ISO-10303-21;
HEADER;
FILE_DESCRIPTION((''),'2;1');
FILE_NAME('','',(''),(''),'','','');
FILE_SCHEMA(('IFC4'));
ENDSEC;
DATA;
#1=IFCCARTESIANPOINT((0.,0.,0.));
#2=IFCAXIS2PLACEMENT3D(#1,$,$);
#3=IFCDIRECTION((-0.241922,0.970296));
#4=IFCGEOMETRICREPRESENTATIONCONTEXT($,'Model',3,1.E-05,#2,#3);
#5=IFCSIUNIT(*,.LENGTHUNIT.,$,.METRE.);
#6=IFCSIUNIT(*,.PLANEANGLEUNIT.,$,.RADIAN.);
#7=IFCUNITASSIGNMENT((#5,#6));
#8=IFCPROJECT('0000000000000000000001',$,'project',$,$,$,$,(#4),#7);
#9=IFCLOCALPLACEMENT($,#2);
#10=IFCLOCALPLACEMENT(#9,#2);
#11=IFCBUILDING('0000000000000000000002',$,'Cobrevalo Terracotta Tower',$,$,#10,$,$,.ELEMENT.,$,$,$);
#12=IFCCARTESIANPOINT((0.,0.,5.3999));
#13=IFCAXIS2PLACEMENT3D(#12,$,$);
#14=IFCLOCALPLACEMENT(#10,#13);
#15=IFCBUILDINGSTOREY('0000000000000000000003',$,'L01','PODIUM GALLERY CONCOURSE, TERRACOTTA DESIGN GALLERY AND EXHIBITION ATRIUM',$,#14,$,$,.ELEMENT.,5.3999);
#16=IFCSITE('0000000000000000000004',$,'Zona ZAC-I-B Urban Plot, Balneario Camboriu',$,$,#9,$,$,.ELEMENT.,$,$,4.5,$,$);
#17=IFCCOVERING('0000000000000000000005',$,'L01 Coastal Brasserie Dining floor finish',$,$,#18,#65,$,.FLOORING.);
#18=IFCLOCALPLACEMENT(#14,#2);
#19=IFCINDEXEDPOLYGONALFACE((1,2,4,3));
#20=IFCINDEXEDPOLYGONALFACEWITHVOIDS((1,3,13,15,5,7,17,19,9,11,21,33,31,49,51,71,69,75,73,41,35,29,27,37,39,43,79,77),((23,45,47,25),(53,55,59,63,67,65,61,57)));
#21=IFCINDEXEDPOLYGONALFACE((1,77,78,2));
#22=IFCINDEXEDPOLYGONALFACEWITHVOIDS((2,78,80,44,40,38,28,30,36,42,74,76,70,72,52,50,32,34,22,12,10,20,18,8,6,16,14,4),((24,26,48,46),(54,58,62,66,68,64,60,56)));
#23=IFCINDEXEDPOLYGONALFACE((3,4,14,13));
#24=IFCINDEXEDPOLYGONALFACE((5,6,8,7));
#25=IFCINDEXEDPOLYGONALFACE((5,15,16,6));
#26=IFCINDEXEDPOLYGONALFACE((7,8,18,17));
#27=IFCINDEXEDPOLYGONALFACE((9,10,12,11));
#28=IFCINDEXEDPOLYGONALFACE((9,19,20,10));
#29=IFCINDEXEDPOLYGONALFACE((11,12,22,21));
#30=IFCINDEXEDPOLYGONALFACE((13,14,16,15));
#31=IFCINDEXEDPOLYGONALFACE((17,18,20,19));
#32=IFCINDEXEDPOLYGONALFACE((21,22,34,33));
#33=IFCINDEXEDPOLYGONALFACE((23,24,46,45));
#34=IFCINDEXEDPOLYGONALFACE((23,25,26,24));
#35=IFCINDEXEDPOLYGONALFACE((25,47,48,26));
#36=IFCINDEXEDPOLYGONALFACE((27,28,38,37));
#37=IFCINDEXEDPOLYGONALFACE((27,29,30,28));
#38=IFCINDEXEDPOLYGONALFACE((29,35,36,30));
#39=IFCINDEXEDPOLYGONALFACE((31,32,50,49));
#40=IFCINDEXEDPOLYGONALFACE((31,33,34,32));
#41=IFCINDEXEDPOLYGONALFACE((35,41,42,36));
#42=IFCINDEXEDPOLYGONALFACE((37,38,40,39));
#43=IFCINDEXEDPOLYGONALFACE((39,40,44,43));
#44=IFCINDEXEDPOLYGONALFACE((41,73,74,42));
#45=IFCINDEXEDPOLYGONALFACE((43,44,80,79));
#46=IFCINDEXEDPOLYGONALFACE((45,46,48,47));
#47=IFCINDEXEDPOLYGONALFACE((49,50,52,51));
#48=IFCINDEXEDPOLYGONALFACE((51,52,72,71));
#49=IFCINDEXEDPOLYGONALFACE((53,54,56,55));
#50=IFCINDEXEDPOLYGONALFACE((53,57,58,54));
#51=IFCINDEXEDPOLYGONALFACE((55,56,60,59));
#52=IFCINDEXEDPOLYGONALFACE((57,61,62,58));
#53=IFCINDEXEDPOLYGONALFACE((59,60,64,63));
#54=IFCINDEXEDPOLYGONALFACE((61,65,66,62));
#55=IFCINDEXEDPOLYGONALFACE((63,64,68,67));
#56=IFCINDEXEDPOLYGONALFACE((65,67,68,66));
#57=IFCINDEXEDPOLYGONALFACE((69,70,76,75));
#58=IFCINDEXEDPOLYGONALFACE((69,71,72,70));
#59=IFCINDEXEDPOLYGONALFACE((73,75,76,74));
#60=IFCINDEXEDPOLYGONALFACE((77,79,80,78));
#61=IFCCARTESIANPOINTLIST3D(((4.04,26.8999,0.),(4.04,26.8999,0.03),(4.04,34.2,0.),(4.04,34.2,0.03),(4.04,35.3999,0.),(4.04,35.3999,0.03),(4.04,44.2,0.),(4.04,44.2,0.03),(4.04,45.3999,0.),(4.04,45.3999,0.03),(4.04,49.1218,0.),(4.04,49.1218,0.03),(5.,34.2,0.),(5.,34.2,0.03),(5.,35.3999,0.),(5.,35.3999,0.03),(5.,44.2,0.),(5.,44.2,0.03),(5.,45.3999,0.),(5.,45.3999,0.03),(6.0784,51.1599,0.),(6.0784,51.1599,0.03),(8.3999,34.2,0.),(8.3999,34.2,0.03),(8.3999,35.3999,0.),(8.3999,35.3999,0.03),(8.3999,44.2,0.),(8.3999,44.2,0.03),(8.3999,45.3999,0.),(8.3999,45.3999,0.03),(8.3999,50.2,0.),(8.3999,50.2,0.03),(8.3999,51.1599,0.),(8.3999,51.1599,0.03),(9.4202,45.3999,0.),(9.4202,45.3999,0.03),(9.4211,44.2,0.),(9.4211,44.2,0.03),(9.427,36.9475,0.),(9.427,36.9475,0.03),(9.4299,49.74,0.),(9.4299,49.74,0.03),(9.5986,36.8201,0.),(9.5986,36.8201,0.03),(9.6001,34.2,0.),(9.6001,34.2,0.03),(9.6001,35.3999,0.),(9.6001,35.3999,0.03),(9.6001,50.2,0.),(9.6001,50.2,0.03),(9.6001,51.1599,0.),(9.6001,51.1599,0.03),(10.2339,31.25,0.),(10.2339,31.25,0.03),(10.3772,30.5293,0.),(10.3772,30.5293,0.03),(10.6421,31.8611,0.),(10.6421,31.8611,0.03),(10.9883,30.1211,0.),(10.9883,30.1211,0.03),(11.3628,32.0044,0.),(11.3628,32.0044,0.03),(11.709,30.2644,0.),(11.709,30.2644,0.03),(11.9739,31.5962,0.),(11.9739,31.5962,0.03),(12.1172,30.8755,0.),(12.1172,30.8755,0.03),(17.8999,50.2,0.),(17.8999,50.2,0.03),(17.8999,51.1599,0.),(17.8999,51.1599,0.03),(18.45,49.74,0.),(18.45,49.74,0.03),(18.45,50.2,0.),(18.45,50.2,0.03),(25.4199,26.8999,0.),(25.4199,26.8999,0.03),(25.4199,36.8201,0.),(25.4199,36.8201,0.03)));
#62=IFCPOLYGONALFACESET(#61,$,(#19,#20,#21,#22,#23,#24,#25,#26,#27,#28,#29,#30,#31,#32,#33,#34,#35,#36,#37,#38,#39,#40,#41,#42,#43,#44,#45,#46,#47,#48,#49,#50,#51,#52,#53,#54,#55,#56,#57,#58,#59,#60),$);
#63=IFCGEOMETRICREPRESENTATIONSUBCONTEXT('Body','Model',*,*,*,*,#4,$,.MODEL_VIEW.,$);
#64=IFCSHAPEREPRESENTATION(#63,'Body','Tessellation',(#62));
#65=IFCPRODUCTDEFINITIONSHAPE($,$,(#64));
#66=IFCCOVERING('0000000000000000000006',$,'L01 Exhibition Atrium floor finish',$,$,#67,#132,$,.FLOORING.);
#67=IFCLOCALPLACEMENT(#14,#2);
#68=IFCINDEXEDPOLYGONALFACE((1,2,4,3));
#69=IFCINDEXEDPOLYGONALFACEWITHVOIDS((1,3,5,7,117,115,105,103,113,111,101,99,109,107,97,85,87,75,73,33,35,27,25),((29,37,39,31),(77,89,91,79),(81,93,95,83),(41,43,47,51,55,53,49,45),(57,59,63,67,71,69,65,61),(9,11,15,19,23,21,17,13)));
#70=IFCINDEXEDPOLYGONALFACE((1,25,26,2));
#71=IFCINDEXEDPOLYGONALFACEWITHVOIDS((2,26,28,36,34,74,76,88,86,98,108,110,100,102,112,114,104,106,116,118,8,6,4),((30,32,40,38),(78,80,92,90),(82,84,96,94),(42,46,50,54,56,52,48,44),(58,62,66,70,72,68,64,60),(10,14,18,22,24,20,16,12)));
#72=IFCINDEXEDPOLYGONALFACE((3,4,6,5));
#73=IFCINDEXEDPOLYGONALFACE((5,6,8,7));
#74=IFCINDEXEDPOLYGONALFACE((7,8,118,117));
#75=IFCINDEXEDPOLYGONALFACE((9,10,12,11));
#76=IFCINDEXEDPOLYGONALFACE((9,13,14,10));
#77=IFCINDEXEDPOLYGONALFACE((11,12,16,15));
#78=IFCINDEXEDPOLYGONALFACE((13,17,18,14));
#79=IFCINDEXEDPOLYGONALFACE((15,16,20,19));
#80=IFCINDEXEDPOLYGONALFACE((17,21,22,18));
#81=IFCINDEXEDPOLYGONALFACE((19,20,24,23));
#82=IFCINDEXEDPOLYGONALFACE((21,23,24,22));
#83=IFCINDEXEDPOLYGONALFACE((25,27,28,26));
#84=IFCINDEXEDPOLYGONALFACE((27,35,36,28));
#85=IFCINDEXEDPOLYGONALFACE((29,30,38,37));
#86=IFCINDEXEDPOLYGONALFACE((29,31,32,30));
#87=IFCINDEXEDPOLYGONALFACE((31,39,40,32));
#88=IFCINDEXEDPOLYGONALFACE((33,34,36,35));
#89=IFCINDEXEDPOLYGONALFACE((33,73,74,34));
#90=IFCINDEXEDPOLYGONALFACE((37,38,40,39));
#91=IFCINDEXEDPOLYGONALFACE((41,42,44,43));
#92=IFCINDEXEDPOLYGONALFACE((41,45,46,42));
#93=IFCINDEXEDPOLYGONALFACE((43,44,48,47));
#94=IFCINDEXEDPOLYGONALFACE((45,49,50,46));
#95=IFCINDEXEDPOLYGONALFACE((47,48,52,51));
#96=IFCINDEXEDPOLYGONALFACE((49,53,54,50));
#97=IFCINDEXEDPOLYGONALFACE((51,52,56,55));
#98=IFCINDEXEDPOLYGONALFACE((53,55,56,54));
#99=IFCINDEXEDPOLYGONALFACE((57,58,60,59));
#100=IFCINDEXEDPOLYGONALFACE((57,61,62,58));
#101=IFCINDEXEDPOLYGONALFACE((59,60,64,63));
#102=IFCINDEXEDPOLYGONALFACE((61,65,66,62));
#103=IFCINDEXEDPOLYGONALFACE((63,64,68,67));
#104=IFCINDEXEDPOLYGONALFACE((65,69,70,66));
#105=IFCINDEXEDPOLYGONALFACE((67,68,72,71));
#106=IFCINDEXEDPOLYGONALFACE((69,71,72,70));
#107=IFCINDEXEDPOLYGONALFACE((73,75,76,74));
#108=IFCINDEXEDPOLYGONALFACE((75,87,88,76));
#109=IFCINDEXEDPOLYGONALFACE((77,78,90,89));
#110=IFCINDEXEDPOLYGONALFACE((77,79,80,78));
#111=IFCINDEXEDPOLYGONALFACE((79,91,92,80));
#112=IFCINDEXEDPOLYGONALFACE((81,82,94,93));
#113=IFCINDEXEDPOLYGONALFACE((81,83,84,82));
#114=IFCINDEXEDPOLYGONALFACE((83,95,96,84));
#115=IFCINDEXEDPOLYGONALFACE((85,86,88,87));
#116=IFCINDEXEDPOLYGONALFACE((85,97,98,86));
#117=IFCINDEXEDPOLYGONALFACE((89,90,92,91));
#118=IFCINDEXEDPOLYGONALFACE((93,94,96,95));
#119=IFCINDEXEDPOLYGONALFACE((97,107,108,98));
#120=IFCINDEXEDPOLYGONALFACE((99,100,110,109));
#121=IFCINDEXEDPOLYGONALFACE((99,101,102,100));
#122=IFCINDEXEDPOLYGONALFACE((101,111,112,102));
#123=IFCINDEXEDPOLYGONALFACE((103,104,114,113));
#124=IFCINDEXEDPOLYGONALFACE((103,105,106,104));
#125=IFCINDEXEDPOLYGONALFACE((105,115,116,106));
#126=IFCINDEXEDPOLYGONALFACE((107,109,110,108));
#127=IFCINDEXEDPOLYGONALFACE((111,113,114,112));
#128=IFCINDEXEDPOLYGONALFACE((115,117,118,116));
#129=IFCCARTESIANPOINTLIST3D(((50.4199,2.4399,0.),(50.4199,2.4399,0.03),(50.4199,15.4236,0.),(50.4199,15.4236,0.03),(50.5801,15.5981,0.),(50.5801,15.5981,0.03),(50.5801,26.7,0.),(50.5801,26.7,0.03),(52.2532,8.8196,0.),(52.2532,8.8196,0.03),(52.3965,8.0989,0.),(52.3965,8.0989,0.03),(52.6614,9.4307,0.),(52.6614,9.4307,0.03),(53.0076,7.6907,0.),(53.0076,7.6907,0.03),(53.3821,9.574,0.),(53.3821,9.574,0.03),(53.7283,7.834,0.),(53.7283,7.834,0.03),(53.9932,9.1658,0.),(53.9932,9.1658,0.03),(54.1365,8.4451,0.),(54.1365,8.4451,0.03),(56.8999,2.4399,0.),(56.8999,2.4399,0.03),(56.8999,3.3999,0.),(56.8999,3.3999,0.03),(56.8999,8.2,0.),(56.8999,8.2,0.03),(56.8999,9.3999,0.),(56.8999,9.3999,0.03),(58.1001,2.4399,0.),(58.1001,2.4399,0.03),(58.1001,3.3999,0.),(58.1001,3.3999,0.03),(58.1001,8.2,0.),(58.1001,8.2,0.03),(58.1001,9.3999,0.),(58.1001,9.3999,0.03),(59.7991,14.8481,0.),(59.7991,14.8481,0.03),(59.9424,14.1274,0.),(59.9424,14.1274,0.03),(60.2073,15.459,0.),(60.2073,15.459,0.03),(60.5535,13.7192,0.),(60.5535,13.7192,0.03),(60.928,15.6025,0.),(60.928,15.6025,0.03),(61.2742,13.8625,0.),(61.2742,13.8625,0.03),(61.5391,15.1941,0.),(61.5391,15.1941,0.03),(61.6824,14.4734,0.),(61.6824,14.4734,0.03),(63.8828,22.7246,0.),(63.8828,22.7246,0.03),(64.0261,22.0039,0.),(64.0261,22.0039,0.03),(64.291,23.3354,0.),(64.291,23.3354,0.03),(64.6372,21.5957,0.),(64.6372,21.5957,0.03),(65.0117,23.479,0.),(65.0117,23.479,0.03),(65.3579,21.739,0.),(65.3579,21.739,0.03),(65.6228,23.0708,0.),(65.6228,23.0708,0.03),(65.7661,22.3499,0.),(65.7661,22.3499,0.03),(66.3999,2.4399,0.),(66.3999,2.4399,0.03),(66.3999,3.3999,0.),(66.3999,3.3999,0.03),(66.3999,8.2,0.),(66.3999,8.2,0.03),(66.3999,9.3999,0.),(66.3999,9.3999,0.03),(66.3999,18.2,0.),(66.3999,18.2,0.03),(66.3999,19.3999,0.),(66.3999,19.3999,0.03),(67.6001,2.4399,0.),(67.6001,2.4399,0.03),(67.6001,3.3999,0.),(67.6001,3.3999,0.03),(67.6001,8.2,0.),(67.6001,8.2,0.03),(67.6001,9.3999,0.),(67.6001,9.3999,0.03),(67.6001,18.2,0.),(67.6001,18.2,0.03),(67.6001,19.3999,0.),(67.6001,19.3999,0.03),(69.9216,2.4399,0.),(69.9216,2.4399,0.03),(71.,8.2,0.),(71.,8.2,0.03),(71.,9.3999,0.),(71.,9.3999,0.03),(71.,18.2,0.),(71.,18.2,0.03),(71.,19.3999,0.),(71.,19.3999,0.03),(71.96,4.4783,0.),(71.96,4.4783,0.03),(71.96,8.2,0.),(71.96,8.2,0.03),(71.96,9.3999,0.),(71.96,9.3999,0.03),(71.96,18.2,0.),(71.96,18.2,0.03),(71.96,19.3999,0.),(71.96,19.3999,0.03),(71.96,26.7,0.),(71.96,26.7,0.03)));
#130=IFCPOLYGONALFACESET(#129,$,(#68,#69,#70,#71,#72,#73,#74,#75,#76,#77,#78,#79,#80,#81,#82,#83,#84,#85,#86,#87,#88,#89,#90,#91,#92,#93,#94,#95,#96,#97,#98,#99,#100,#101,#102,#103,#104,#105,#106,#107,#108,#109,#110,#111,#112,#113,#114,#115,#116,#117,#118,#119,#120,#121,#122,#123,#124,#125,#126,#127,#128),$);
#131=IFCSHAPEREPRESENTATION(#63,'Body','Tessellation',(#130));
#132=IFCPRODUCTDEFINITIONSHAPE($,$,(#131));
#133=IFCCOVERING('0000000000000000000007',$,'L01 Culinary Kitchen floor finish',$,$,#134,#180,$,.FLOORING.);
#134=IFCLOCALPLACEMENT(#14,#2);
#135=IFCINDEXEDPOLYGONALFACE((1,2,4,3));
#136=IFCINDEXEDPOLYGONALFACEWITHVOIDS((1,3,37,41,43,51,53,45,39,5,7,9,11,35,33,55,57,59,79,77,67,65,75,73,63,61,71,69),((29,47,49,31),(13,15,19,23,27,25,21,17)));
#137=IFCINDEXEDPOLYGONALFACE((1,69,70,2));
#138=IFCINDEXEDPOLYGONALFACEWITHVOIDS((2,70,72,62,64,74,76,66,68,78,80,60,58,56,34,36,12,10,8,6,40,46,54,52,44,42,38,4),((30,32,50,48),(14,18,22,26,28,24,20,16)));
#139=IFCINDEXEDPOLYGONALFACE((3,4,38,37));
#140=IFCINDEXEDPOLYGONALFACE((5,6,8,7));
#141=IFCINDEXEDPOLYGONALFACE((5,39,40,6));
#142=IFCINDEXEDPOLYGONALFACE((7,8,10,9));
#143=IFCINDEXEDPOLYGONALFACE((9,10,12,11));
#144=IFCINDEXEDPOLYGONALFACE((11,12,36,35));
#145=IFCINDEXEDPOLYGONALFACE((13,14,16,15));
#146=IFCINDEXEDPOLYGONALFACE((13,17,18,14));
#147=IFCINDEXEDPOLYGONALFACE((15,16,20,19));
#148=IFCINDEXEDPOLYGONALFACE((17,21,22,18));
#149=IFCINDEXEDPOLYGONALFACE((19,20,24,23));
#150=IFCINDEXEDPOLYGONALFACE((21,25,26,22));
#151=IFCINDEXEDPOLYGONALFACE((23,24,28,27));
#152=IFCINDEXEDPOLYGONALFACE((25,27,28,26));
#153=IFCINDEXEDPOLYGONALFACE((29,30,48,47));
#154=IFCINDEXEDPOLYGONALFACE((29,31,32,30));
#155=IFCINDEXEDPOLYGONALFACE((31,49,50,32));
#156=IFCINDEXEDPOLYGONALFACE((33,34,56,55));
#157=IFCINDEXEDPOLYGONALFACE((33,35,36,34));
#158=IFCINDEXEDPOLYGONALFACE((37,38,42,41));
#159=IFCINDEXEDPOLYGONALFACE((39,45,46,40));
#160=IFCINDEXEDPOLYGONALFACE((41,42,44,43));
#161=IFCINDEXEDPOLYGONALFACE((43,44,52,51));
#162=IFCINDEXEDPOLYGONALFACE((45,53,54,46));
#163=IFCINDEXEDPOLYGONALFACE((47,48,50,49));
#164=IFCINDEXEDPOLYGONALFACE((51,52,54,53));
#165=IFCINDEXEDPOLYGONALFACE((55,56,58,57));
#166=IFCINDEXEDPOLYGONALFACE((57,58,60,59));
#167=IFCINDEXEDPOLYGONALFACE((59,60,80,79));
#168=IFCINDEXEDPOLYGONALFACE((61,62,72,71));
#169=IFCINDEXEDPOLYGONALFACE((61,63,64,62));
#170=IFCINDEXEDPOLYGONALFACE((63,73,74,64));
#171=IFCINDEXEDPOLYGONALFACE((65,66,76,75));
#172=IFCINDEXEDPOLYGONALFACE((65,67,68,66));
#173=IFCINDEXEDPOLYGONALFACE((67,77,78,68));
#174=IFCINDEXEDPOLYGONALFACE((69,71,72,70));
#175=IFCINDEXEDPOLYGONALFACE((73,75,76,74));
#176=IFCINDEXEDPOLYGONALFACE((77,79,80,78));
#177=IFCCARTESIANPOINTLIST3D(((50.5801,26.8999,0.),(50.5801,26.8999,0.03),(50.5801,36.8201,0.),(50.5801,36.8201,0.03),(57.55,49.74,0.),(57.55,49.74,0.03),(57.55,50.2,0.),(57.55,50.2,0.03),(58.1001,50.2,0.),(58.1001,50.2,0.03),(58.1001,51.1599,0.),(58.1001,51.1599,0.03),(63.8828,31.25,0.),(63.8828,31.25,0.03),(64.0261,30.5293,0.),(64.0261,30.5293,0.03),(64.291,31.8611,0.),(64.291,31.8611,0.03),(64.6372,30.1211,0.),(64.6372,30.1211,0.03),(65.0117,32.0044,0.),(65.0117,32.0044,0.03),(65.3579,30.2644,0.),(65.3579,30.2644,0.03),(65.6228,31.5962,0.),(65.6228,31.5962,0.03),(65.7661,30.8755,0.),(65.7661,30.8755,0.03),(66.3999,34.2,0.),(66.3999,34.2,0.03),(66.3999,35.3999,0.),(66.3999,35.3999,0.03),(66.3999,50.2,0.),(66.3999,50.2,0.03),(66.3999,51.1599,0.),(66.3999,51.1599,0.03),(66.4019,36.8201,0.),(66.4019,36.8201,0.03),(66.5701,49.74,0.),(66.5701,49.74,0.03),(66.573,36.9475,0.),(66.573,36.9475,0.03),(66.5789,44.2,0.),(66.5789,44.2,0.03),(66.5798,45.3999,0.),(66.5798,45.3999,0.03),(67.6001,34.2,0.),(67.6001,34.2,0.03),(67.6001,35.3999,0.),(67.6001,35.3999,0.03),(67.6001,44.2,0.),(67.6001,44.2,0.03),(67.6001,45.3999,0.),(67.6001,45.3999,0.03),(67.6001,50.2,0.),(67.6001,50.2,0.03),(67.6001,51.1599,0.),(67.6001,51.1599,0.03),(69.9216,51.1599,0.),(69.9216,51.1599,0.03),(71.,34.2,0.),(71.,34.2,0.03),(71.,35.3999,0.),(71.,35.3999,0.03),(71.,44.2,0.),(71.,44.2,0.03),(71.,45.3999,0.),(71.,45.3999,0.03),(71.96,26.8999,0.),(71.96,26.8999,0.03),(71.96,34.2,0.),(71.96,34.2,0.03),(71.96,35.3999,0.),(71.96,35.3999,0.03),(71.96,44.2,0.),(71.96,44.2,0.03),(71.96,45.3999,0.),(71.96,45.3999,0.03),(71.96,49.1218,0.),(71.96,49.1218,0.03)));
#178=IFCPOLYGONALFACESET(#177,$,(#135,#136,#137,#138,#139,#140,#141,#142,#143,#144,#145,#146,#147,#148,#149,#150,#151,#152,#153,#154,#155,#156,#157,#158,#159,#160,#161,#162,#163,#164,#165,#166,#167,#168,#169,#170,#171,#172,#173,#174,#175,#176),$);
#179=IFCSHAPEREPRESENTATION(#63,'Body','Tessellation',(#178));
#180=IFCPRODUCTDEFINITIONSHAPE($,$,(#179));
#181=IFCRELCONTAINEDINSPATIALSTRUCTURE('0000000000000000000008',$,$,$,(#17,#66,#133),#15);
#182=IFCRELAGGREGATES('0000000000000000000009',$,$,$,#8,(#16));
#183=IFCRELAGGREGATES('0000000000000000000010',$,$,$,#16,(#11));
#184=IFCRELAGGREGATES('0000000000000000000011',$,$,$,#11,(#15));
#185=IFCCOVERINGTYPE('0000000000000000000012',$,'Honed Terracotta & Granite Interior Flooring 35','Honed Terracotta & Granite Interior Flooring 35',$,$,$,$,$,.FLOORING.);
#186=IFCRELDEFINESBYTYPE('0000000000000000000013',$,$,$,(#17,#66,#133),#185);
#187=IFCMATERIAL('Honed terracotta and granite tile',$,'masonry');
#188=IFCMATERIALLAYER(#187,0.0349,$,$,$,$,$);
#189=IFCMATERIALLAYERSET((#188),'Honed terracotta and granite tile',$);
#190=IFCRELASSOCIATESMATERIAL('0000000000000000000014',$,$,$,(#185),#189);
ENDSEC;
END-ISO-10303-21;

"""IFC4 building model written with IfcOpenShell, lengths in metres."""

from ifc_helpers import new_model, si_unit, direction, frame, origin, place, context, subcontext, project, spatial, polyline, outline, extrude, material, layer, layer_set, type_object, element, save


model = new_model("IFC4")

# Units and contexts
model_context = context("Model", 3, precision=1e-05, world=origin(), true_north=direction((-0.241922, 0.970296)))
body_context = subcontext(model_context, "Body", "Model", "MODEL_VIEW")
ifc_project = project(units=[si_unit("LENGTHUNIT", "METRE"), si_unit("PLANEANGLEUNIT", "RADIAN")], contexts=[model_context])

# Site, building, storey
site_placement = place(None, origin())
site = spatial("IfcSite", under=ifc_project, at=site_placement, Name="Zona ZAC-I-B Urban Plot, Balneario Camboriu", CompositionType="ELEMENT", RefElevation=4.5)
building_placement = place(site_placement, origin())
building = spatial("IfcBuilding", under=site, at=building_placement, Name="Cobrevalo Terracotta Tower", CompositionType="ELEMENT")
storey_placement = place(building_placement, frame((0.0, 0.0, 5.3999)))
storey = spatial("IfcBuildingStorey", under=building, at=storey_placement, Name="L01", Description="PODIUM GALLERY CONCOURSE, TERRACOTTA DESIGN GALLERY AND EXHIBITION ATRIUM", CompositionType="ELEMENT", Elevation=5.3999)

# Coverings
ifc_material_1 = material(Name="Honed terracotta and granite tile", Category="masonry")
ifc_layer_1 = layer(ifc_material_1, 0.0349)
ifc_layer_set_1 = layer_set([ifc_layer_1], Name="Honed terracotta and granite tile")
covering_type_1 = type_object("IfcCoveringType", Name="Honed Terracotta & Granite Interior Flooring 35", Description="Honed Terracotta & Granite Interior Flooring 35", PredefinedType="FLOORING", material=ifc_layer_set_1)
covering_1_placement = place(storey_placement, origin())
element("IfcCovering", 1, at=covering_1_placement, inside=storey, type_object=covering_type_1, Name="L01 Coastal Brasserie Dining floor finish", PredefinedType="FLOORING", context=body_context, shape_type="SweptSolid", body=[
    extrude(outline(polyline([(6.0784, 51.1599), (8.3999, 51.1599), (8.3999, 50.2), (9.6001, 50.2), (9.6001, 51.1599), (17.8999, 51.1599), (17.8999, 50.2), (18.45, 50.2), (18.45, 49.74), (9.4299, 49.74), (9.4202, 45.3999), (8.3999, 45.3999), (8.3999, 44.2), (9.4211, 44.2), (9.427, 36.9475), (9.5986, 36.8201), (25.4199, 36.8201), (25.4199, 26.8999), (4.04, 26.8999), (4.04, 34.2), (5.0, 34.2), (5.0, 35.3999), (4.04, 35.3999), (4.04, 44.2), (5.0, 44.2), (5.0, 45.3999), (4.04, 45.3999), (4.04, 49.1218), (6.0784, 51.1599)]), holes=[polyline([(11.709, 30.2644), (12.1172, 30.8755), (11.9739, 31.5962), (11.3628, 32.0044), (10.6421, 31.8611), (10.2339, 31.25), (10.3772, 30.5293), (10.9883, 30.1211), (11.709, 30.2644)]), polyline([(8.3999, 35.3999), (8.3999, 34.2), (9.6001, 34.2), (9.6001, 35.3999), (8.3999, 35.3999)])]), origin(), (0.0, 0.0, 1.0), 0.03),
])
covering_2_placement = place(storey_placement, origin())
element("IfcCovering", 2, at=covering_2_placement, inside=storey, type_object=covering_type_1, Name="L01 Exhibition Atrium floor finish", PredefinedType="FLOORING", context=body_context, shape_type="SweptSolid", body=[
    extrude(outline(polyline([(69.9216, 2.4399), (67.6001, 2.4399), (67.6001, 3.3999), (66.3999, 3.3999), (66.3999, 2.4399), (58.1001, 2.4399), (58.1001, 3.3999), (56.8999, 3.3999), (56.8999, 2.4399), (50.4199, 2.4399), (50.4199, 15.4236), (50.5801, 15.5981), (50.5801, 26.7), (71.96, 26.7), (71.96, 19.3999), (71.0, 19.3999), (71.0, 18.2), (71.96, 18.2), (71.96, 9.3999), (71.0, 9.3999), (71.0, 8.2), (71.96, 8.2), (71.96, 4.4783), (69.9216, 2.4399)]), holes=[polyline([(66.3999, 9.3999), (66.3999, 8.2), (67.6001, 8.2), (67.6001, 9.3999), (66.3999, 9.3999)]), polyline([(66.3999, 19.3999), (66.3999, 18.2), (67.6001, 18.2), (67.6001, 19.3999), (66.3999, 19.3999)]), polyline([(65.3579, 21.739), (65.7661, 22.3499), (65.6228, 23.0708), (65.0117, 23.479), (64.291, 23.3354), (63.8828, 22.7246), (64.0261, 22.0039), (64.6372, 21.5957), (65.3579, 21.739)]), polyline([(61.2742, 13.8625), (61.6824, 14.4734), (61.5391, 15.1941), (60.928, 15.6025), (60.2073, 15.459), (59.7991, 14.8481), (59.9424, 14.1274), (60.5535, 13.7192), (61.2742, 13.8625)]), polyline([(56.8999, 9.3999), (56.8999, 8.2), (58.1001, 8.2), (58.1001, 9.3999), (56.8999, 9.3999)]), polyline([(53.7283, 7.834), (54.1365, 8.4451), (53.9932, 9.1658), (53.3821, 9.574), (52.6614, 9.4307), (52.2532, 8.8196), (52.3965, 8.0989), (53.0076, 7.6907), (53.7283, 7.834)])]), origin(), (0.0, 0.0, 1.0), 0.03),
])
covering_3_placement = place(storey_placement, origin())
element("IfcCovering", 3, at=covering_3_placement, inside=storey, type_object=covering_type_1, Name="L01 Culinary Kitchen floor finish", PredefinedType="FLOORING", context=body_context, shape_type="SweptSolid", body=[
    extrude(outline(polyline([(50.5801, 26.8999), (50.5801, 36.8201), (66.4019, 36.8201), (66.573, 36.9475), (66.5789, 44.2), (67.6001, 44.2), (67.6001, 45.3999), (66.5798, 45.3999), (66.5701, 49.74), (57.55, 49.74), (57.55, 50.2), (58.1001, 50.2), (58.1001, 51.1599), (66.3999, 51.1599), (66.3999, 50.2), (67.6001, 50.2), (67.6001, 51.1599), (69.9216, 51.1599), (71.96, 49.1218), (71.96, 45.3999), (71.0, 45.3999), (71.0, 44.2), (71.96, 44.2), (71.96, 35.3999), (71.0, 35.3999), (71.0, 34.2), (71.96, 34.2), (71.96, 26.8999), (50.5801, 26.8999)]), holes=[polyline([(66.3999, 34.2), (67.6001, 34.2), (67.6001, 35.3999), (66.3999, 35.3999), (66.3999, 34.2)]), polyline([(65.3579, 30.2644), (65.7661, 30.8755), (65.6228, 31.5962), (65.0117, 32.0044), (64.291, 31.8611), (63.8828, 31.25), (64.0261, 30.5293), (64.6372, 30.1211), (65.3579, 30.2644)])]), origin(), (0.0, 0.0, 1.0), 0.03),
])

save(model, "model.ifc")
